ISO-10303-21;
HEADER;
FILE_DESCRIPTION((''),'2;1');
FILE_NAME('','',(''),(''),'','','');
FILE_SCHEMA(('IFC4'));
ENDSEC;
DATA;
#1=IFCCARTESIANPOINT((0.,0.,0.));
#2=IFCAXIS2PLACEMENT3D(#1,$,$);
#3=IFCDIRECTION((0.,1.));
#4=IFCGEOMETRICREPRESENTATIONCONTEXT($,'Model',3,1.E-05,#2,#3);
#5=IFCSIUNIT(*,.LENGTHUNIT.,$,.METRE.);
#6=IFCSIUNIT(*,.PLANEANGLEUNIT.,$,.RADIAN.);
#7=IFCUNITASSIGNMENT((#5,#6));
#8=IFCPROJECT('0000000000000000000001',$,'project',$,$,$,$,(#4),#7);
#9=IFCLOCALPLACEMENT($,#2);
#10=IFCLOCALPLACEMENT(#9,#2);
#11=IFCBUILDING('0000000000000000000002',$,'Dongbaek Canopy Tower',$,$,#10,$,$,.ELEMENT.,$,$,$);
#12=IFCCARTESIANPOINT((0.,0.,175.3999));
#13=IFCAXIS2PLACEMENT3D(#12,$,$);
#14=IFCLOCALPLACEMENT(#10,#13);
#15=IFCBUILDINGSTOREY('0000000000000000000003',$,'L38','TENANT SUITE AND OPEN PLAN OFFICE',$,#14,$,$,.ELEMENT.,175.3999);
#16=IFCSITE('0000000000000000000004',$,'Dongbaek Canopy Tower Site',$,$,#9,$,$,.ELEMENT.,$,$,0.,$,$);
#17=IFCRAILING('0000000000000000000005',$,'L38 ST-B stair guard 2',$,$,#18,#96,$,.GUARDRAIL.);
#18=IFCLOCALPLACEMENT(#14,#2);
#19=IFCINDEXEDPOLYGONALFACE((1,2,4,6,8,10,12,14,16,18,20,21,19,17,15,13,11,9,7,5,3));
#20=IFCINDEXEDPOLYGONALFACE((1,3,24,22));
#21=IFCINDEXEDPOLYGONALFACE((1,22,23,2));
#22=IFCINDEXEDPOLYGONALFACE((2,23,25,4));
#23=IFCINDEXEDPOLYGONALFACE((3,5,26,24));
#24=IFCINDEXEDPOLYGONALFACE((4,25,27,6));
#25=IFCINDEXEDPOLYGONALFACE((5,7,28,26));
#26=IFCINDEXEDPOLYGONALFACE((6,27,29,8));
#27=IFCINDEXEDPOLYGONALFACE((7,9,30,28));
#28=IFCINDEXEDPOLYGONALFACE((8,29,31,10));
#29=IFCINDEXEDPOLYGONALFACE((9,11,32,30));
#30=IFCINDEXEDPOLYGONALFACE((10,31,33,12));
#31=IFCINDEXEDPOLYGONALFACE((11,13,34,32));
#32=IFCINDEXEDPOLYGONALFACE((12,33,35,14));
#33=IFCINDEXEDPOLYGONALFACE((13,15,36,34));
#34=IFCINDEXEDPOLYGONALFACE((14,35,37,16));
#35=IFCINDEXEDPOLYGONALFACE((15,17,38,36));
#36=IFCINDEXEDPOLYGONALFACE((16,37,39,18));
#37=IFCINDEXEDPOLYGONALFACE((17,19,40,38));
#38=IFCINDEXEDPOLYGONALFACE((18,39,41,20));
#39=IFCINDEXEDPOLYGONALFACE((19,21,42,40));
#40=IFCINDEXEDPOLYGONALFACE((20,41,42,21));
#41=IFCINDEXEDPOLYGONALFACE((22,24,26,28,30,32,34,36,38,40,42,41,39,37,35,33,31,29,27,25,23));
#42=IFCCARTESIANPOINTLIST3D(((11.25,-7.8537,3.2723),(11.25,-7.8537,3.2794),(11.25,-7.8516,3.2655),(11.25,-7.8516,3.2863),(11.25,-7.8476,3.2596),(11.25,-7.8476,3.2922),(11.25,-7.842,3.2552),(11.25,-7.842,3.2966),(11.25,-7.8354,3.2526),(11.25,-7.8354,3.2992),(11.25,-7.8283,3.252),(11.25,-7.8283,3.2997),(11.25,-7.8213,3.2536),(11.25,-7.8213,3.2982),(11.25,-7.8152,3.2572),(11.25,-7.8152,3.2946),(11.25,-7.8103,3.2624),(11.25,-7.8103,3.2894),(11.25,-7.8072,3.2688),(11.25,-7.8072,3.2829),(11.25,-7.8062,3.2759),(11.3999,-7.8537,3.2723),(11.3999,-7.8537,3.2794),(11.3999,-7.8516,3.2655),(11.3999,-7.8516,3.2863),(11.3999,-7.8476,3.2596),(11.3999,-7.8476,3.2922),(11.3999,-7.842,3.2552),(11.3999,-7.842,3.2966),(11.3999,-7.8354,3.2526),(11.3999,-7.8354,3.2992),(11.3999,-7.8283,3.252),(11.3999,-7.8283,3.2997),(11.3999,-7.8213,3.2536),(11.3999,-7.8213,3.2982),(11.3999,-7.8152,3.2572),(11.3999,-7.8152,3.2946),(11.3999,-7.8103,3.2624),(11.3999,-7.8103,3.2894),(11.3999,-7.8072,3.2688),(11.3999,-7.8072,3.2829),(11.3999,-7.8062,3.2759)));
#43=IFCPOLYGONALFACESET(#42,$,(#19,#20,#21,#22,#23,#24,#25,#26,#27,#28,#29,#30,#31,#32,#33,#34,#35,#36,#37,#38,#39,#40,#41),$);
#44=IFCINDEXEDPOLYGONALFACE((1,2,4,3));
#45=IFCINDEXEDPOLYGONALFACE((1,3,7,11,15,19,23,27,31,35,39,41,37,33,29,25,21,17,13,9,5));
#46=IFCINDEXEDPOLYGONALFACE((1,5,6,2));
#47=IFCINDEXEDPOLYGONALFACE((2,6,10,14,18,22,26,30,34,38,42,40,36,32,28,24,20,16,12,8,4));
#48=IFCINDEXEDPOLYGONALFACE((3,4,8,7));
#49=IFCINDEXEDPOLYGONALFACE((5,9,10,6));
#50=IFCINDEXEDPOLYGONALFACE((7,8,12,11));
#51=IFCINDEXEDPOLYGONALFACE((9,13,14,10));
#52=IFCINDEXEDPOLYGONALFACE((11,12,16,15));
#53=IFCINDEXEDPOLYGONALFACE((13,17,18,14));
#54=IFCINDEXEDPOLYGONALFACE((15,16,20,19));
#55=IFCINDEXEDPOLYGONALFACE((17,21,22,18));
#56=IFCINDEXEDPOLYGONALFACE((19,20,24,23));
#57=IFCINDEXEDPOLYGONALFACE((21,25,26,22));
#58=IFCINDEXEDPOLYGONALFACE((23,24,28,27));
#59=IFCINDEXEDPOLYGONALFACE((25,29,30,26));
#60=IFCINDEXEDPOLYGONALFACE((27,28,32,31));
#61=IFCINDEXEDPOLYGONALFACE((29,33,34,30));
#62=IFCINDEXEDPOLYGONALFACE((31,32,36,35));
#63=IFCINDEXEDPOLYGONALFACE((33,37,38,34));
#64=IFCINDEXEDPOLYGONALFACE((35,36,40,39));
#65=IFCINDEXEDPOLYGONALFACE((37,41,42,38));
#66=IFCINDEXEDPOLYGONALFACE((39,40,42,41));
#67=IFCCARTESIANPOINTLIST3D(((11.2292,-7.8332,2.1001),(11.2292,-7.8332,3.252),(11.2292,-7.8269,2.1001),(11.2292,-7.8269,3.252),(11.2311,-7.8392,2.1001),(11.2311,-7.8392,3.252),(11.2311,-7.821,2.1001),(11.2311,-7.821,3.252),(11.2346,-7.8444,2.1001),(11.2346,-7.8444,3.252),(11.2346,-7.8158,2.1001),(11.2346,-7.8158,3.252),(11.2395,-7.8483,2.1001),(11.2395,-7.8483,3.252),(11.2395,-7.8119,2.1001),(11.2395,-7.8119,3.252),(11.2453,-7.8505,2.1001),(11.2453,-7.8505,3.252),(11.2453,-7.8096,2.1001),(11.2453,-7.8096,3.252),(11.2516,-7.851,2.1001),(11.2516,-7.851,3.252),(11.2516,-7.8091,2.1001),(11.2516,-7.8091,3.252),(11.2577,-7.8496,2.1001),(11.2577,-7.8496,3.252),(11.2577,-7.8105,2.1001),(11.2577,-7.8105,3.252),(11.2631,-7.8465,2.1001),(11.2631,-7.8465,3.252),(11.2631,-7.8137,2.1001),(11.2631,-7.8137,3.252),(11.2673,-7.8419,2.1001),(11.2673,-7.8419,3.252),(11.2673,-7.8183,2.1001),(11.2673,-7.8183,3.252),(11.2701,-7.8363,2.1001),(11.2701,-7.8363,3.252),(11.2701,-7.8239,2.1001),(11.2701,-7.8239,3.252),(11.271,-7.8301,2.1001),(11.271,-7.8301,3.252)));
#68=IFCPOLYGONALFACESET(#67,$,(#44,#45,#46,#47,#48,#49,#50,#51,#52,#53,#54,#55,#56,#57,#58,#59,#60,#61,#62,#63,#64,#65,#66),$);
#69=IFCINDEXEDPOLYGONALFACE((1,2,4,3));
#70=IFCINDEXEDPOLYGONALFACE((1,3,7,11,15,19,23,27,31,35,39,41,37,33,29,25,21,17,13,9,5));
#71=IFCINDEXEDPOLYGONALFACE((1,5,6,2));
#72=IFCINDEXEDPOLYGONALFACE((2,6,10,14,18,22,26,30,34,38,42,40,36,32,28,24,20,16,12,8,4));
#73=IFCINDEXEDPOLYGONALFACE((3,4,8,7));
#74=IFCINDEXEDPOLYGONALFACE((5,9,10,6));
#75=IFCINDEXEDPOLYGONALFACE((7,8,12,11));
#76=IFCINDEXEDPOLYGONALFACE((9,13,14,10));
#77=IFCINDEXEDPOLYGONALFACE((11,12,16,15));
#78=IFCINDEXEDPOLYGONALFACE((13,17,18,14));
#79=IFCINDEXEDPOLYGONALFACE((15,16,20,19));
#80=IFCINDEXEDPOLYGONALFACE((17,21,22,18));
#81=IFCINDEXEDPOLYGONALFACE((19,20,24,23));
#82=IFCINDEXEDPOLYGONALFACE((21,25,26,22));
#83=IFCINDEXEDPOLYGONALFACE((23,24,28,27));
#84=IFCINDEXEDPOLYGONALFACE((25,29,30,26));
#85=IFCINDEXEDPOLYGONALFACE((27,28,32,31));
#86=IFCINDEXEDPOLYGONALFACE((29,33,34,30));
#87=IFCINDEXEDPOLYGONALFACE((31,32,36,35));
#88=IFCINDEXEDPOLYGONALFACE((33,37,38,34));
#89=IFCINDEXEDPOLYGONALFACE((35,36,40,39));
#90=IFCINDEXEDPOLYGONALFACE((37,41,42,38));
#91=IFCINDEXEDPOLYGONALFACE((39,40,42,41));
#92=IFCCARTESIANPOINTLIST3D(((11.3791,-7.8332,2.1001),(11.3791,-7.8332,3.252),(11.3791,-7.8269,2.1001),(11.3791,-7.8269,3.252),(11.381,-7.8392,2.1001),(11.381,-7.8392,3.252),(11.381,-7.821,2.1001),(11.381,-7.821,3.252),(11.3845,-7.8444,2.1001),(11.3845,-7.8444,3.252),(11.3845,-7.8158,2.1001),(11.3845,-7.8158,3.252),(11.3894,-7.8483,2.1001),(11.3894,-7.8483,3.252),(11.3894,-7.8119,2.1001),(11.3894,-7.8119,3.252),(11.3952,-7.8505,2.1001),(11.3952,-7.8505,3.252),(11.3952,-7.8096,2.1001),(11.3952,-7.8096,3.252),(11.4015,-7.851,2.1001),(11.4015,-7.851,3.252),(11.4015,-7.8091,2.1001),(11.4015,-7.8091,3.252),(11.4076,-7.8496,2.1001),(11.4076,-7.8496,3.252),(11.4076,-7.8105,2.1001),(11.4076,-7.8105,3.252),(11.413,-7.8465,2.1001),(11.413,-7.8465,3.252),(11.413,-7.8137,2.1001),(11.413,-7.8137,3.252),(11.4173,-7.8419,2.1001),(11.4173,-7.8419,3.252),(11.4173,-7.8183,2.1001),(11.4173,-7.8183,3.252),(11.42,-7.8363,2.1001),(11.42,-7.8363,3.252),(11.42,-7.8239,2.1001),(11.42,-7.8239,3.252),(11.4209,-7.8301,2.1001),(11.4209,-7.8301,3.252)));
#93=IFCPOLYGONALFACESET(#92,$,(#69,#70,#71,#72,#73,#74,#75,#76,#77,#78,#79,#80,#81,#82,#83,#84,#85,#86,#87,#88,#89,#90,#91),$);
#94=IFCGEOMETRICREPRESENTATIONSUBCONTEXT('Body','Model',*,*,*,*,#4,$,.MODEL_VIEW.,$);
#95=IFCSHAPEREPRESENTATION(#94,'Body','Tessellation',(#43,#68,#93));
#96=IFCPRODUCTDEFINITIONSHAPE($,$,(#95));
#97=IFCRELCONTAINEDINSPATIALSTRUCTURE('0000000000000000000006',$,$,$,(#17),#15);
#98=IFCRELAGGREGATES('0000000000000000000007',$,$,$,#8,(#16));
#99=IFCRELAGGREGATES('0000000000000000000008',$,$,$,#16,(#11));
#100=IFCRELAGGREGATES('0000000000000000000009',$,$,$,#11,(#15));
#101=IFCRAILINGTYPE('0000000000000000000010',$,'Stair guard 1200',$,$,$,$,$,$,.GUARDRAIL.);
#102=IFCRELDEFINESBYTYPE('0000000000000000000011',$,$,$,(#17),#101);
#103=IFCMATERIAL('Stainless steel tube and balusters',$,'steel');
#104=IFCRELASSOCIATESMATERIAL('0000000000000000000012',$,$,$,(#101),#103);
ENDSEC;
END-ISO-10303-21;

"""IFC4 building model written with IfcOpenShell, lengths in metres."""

from ifc_helpers import new_model, si_unit, direction, frame, origin, origin_2d, place, context, subcontext, project, spatial, circle, extrude, material, type_object, element, save


model = new_model("IFC4")

# Units and contexts
model_context = context("Model", 3, precision=1e-05, world=origin(), true_north=direction((0.0, 1.0)))
body_context = subcontext(model_context, "Body", "Model", "MODEL_VIEW")
ifc_project = project(units=[si_unit("LENGTHUNIT", "METRE"), si_unit("PLANEANGLEUNIT", "RADIAN")], contexts=[model_context])

# Site, building, storey
site_placement = place(None, origin())
site = spatial("IfcSite", under=ifc_project, at=site_placement, Name="Dongbaek Canopy Tower Site", CompositionType="ELEMENT", RefElevation=0.0)
building_placement = place(site_placement, origin())
building = spatial("IfcBuilding", under=site, at=building_placement, Name="Dongbaek Canopy Tower", CompositionType="ELEMENT")
storey_placement = place(building_placement, frame((0.0, 0.0, 175.3999)))
storey = spatial("IfcBuildingStorey", under=building, at=storey_placement, Name="L38", Description="TENANT SUITE AND OPEN PLAN OFFICE", CompositionType="ELEMENT", Elevation=175.3999)

# Railing
ifc_material_1 = material(Name="Stainless steel tube and balusters", Category="steel")
railing_type_1 = type_object("IfcRailingType", Name="Stair guard 1200", PredefinedType="GUARDRAIL", material=ifc_material_1)
railing_1_placement = place(storey_placement, frame((11.25, -7.8301, 2.1001)))
element("IfcRailing", 1, at=railing_1_placement, inside=storey, type_object=railing_type_1, Name="L38 ST-B stair guard 2", PredefinedType="GUARDRAIL", context=body_context, shape_type="SweptSolid", body=[
    extrude(circle(Radius=0.0239, at=origin_2d()), frame((0.0, 0.0, 1.1758), z_axis=(1.0, 0.0, 0.0), x_axis=(0.0, 1.0, 0.0)), (0.0, 0.0, 1.0), 0.1499),
    extrude(circle(Radius=0.021, at=origin_2d()), origin(), (0.0, 0.0, 1.0), 1.1519),
    extrude(circle(Radius=0.021, at=origin_2d()), frame((0.1499, 0.0, 0.0)), (0.0, 0.0, 1.0), 1.1519),
])

save(model, "model.ifc")
